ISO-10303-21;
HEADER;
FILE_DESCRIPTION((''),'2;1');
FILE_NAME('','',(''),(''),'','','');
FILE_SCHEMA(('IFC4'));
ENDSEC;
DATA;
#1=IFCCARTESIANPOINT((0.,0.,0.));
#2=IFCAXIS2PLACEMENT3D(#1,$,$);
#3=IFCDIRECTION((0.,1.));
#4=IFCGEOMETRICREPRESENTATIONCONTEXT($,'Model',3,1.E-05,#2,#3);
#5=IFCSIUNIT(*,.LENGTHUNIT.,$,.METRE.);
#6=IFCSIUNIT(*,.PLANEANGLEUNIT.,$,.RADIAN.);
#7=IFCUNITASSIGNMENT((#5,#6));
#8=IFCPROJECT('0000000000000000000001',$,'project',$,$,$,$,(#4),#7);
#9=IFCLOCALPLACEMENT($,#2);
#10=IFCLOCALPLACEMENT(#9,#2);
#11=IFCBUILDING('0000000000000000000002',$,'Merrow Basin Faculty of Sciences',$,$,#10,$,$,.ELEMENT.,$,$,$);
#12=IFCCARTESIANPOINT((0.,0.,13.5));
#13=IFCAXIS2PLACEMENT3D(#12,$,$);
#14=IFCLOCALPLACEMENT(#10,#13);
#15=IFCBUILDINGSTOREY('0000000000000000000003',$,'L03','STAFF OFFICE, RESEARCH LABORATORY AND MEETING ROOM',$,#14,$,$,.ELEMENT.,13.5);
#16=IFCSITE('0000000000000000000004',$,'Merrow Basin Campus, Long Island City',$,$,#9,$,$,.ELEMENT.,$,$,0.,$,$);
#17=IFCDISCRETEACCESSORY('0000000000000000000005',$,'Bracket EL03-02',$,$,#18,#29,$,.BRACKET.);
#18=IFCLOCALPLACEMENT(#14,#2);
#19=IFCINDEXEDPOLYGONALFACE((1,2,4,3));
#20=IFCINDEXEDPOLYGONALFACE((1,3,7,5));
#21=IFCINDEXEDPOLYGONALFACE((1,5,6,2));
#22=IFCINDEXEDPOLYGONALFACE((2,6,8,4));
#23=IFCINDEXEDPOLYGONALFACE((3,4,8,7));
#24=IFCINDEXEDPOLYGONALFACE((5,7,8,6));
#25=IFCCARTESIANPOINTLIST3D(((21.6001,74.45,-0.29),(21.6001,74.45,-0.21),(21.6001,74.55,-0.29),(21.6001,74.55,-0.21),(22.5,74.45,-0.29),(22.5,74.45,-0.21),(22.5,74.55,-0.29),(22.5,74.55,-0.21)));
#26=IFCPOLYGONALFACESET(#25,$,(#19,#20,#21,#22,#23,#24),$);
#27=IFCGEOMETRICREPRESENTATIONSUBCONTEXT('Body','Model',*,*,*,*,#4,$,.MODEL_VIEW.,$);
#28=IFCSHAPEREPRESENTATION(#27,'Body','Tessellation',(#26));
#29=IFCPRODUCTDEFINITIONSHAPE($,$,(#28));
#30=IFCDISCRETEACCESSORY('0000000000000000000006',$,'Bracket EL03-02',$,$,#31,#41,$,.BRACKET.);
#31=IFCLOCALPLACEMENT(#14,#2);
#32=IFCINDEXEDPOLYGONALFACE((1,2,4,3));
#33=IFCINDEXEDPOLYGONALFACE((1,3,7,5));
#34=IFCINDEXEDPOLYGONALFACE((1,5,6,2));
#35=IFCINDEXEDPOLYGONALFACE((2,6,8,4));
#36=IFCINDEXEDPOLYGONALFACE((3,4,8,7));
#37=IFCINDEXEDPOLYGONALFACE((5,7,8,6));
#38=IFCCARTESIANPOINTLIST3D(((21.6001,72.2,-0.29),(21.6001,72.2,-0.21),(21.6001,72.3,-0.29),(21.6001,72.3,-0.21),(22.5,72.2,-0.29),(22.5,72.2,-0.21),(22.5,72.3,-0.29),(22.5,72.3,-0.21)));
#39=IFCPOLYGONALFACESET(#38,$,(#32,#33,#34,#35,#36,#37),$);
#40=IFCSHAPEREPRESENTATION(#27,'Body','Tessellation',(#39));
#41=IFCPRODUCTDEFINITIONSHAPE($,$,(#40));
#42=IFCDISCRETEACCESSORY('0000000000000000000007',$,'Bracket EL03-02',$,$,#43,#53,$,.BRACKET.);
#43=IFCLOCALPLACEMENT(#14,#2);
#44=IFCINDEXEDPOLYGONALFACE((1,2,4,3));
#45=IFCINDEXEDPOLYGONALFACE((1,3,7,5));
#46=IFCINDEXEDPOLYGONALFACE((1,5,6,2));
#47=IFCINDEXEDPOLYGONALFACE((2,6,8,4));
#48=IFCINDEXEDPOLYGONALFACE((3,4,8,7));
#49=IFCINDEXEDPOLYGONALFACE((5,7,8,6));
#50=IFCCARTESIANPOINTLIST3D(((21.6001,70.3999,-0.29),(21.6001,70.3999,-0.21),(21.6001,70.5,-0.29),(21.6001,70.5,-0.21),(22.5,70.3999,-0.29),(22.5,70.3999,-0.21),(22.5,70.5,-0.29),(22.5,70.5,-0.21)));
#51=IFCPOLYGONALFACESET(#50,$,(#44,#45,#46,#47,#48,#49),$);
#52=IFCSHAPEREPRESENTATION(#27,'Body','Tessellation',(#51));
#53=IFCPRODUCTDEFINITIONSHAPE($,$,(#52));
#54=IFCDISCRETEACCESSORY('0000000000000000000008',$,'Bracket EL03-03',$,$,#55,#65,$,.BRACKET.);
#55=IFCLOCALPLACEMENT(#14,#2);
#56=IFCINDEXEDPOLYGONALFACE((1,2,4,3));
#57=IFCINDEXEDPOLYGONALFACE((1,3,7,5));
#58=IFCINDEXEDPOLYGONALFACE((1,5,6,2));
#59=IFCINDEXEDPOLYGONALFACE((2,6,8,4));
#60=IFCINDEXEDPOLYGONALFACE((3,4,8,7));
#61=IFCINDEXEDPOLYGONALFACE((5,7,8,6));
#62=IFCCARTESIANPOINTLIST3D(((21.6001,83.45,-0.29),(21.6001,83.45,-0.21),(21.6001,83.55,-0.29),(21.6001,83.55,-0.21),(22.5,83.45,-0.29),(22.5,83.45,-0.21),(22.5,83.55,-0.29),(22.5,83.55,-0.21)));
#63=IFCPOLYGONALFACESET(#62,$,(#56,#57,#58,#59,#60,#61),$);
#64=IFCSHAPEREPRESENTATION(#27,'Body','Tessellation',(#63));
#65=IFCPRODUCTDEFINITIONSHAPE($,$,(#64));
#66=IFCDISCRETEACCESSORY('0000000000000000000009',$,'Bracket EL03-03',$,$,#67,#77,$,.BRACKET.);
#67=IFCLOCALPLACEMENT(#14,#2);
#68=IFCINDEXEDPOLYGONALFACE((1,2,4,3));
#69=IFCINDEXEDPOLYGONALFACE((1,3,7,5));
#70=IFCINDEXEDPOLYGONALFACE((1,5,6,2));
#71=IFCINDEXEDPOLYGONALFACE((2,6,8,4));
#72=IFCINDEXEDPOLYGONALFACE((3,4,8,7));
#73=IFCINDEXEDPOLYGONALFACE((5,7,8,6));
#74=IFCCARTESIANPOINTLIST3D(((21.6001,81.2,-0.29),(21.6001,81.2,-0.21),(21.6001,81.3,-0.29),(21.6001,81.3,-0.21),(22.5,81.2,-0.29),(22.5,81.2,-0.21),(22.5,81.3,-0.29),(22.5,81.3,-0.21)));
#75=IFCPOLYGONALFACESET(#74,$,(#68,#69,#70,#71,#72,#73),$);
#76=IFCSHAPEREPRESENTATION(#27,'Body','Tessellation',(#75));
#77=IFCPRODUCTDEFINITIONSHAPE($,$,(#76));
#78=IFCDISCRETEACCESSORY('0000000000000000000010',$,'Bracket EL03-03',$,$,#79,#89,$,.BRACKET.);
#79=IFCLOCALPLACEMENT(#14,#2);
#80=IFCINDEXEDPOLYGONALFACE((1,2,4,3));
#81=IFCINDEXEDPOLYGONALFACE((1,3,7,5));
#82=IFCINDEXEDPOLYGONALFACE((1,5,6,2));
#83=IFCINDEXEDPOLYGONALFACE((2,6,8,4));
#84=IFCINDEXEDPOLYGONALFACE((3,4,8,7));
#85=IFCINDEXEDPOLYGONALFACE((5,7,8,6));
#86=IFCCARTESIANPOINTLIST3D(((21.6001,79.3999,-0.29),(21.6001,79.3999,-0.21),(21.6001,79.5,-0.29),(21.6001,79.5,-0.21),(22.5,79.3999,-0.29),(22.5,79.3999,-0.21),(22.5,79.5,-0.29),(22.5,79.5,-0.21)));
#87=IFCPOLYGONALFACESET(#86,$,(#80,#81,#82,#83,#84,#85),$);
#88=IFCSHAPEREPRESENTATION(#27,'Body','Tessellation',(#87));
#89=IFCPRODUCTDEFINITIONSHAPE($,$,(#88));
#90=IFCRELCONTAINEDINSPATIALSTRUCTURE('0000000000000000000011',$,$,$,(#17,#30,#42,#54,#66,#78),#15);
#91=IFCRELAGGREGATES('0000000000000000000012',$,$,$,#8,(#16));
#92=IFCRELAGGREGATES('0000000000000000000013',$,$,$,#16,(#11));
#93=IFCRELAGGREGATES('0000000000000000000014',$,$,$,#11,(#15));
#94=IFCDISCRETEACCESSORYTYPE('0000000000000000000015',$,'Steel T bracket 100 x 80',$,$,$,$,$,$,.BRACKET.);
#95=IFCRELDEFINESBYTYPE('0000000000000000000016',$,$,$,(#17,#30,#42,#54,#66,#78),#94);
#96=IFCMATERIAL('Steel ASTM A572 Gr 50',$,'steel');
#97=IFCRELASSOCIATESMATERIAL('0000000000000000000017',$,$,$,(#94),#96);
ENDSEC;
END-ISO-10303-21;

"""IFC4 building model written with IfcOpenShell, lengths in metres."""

from ifc_helpers import new_model, si_unit, direction, frame, origin, place, context, subcontext, project, spatial, polyline, outline, extrude, source, transform, mapped, material, type_object, element, save


model = new_model("IFC4")

# Units and contexts
model_context = context("Model", 3, precision=1e-05, world=origin(), true_north=direction((0.0, 1.0)))
body_context = subcontext(model_context, "Body", "Model", "MODEL_VIEW")
ifc_project = project(units=[si_unit("LENGTHUNIT", "METRE"), si_unit("PLANEANGLEUNIT", "RADIAN")], contexts=[model_context])

# Site, building, storey
site_placement = place(None, origin())
site = spatial("IfcSite", under=ifc_project, at=site_placement, Name="Merrow Basin Campus, Long Island City", CompositionType="ELEMENT", RefElevation=0.0)
building_placement = place(site_placement, origin())
building = spatial("IfcBuilding", under=site, at=building_placement, Name="Merrow Basin Faculty of Sciences", CompositionType="ELEMENT")
storey_placement = place(building_placement, frame((0.0, 0.0, 13.5)))
storey = spatial("IfcBuildingStorey", under=building, at=storey_placement, Name="L03", Description="STAFF OFFICE, RESEARCH LABORATORY AND MEETING ROOM", CompositionType="ELEMENT", Elevation=13.5)

# Discrete accessories
ifc_material_1 = material(Name="Steel ASTM A572 Gr 50", Category="steel")
discrete_accessory_type = type_object("IfcDiscreteAccessoryType", Name="Steel T bracket 100 x 80", PredefinedType="BRACKET", material=ifc_material_1)
shared_shape = source(origin(), body_context, "Body", "SweptSolid", [
    extrude(outline(polyline([(0.0, 0.0), (0.1001, 0.0), (0.1001, 0.0801), (0.0, 0.0801), (0.0, 0.0)])), origin(), (0.0, 0.0, 1.0), 0.8999),
])
for number, where, z_axis, x_axis, name in (
    (1, (22.5, 74.55, -0.29), (-1.0, 0.0, 0.0), (0.0, -1.0, 0.0), "Bracket EL03-02"),
    (2, (22.5, 72.3, -0.29), (-1.0, 0.0, 0.0), (0.0, -1.0, 0.0), "Bracket EL03-02"),
    (3, (22.5, 70.5, -0.29), (-1.0, 0.0, 0.0), (0.0, -1.0, 0.0), "Bracket EL03-02"),
    (4, (22.5, 83.55, -0.29), (-1.0, 0.0, 0.0), (0.0, -1.0, 0.0), "Bracket EL03-03"),
    (5, (22.5, 81.3, -0.29), (-1.0, 0.0, 0.0), (0.0, -1.0, 0.0), "Bracket EL03-03"),
    (6, (22.5, 79.5, -0.29), (-1.0, 0.0, 0.0), (0.0, -1.0, 0.0), "Bracket EL03-03"),
):
    element("IfcDiscreteAccessory", number, at=place(storey_placement, frame(where, z_axis=z_axis, x_axis=x_axis)), inside=storey, type_object=discrete_accessory_type, Name=name, PredefinedType="BRACKET", context=body_context, shape_type="MappedRepresentation", body=[
        mapped(shared_shape, transform((0.0, 0.0, 0.0), scale=1.0)),
    ])

save(model, "model.ifc")
